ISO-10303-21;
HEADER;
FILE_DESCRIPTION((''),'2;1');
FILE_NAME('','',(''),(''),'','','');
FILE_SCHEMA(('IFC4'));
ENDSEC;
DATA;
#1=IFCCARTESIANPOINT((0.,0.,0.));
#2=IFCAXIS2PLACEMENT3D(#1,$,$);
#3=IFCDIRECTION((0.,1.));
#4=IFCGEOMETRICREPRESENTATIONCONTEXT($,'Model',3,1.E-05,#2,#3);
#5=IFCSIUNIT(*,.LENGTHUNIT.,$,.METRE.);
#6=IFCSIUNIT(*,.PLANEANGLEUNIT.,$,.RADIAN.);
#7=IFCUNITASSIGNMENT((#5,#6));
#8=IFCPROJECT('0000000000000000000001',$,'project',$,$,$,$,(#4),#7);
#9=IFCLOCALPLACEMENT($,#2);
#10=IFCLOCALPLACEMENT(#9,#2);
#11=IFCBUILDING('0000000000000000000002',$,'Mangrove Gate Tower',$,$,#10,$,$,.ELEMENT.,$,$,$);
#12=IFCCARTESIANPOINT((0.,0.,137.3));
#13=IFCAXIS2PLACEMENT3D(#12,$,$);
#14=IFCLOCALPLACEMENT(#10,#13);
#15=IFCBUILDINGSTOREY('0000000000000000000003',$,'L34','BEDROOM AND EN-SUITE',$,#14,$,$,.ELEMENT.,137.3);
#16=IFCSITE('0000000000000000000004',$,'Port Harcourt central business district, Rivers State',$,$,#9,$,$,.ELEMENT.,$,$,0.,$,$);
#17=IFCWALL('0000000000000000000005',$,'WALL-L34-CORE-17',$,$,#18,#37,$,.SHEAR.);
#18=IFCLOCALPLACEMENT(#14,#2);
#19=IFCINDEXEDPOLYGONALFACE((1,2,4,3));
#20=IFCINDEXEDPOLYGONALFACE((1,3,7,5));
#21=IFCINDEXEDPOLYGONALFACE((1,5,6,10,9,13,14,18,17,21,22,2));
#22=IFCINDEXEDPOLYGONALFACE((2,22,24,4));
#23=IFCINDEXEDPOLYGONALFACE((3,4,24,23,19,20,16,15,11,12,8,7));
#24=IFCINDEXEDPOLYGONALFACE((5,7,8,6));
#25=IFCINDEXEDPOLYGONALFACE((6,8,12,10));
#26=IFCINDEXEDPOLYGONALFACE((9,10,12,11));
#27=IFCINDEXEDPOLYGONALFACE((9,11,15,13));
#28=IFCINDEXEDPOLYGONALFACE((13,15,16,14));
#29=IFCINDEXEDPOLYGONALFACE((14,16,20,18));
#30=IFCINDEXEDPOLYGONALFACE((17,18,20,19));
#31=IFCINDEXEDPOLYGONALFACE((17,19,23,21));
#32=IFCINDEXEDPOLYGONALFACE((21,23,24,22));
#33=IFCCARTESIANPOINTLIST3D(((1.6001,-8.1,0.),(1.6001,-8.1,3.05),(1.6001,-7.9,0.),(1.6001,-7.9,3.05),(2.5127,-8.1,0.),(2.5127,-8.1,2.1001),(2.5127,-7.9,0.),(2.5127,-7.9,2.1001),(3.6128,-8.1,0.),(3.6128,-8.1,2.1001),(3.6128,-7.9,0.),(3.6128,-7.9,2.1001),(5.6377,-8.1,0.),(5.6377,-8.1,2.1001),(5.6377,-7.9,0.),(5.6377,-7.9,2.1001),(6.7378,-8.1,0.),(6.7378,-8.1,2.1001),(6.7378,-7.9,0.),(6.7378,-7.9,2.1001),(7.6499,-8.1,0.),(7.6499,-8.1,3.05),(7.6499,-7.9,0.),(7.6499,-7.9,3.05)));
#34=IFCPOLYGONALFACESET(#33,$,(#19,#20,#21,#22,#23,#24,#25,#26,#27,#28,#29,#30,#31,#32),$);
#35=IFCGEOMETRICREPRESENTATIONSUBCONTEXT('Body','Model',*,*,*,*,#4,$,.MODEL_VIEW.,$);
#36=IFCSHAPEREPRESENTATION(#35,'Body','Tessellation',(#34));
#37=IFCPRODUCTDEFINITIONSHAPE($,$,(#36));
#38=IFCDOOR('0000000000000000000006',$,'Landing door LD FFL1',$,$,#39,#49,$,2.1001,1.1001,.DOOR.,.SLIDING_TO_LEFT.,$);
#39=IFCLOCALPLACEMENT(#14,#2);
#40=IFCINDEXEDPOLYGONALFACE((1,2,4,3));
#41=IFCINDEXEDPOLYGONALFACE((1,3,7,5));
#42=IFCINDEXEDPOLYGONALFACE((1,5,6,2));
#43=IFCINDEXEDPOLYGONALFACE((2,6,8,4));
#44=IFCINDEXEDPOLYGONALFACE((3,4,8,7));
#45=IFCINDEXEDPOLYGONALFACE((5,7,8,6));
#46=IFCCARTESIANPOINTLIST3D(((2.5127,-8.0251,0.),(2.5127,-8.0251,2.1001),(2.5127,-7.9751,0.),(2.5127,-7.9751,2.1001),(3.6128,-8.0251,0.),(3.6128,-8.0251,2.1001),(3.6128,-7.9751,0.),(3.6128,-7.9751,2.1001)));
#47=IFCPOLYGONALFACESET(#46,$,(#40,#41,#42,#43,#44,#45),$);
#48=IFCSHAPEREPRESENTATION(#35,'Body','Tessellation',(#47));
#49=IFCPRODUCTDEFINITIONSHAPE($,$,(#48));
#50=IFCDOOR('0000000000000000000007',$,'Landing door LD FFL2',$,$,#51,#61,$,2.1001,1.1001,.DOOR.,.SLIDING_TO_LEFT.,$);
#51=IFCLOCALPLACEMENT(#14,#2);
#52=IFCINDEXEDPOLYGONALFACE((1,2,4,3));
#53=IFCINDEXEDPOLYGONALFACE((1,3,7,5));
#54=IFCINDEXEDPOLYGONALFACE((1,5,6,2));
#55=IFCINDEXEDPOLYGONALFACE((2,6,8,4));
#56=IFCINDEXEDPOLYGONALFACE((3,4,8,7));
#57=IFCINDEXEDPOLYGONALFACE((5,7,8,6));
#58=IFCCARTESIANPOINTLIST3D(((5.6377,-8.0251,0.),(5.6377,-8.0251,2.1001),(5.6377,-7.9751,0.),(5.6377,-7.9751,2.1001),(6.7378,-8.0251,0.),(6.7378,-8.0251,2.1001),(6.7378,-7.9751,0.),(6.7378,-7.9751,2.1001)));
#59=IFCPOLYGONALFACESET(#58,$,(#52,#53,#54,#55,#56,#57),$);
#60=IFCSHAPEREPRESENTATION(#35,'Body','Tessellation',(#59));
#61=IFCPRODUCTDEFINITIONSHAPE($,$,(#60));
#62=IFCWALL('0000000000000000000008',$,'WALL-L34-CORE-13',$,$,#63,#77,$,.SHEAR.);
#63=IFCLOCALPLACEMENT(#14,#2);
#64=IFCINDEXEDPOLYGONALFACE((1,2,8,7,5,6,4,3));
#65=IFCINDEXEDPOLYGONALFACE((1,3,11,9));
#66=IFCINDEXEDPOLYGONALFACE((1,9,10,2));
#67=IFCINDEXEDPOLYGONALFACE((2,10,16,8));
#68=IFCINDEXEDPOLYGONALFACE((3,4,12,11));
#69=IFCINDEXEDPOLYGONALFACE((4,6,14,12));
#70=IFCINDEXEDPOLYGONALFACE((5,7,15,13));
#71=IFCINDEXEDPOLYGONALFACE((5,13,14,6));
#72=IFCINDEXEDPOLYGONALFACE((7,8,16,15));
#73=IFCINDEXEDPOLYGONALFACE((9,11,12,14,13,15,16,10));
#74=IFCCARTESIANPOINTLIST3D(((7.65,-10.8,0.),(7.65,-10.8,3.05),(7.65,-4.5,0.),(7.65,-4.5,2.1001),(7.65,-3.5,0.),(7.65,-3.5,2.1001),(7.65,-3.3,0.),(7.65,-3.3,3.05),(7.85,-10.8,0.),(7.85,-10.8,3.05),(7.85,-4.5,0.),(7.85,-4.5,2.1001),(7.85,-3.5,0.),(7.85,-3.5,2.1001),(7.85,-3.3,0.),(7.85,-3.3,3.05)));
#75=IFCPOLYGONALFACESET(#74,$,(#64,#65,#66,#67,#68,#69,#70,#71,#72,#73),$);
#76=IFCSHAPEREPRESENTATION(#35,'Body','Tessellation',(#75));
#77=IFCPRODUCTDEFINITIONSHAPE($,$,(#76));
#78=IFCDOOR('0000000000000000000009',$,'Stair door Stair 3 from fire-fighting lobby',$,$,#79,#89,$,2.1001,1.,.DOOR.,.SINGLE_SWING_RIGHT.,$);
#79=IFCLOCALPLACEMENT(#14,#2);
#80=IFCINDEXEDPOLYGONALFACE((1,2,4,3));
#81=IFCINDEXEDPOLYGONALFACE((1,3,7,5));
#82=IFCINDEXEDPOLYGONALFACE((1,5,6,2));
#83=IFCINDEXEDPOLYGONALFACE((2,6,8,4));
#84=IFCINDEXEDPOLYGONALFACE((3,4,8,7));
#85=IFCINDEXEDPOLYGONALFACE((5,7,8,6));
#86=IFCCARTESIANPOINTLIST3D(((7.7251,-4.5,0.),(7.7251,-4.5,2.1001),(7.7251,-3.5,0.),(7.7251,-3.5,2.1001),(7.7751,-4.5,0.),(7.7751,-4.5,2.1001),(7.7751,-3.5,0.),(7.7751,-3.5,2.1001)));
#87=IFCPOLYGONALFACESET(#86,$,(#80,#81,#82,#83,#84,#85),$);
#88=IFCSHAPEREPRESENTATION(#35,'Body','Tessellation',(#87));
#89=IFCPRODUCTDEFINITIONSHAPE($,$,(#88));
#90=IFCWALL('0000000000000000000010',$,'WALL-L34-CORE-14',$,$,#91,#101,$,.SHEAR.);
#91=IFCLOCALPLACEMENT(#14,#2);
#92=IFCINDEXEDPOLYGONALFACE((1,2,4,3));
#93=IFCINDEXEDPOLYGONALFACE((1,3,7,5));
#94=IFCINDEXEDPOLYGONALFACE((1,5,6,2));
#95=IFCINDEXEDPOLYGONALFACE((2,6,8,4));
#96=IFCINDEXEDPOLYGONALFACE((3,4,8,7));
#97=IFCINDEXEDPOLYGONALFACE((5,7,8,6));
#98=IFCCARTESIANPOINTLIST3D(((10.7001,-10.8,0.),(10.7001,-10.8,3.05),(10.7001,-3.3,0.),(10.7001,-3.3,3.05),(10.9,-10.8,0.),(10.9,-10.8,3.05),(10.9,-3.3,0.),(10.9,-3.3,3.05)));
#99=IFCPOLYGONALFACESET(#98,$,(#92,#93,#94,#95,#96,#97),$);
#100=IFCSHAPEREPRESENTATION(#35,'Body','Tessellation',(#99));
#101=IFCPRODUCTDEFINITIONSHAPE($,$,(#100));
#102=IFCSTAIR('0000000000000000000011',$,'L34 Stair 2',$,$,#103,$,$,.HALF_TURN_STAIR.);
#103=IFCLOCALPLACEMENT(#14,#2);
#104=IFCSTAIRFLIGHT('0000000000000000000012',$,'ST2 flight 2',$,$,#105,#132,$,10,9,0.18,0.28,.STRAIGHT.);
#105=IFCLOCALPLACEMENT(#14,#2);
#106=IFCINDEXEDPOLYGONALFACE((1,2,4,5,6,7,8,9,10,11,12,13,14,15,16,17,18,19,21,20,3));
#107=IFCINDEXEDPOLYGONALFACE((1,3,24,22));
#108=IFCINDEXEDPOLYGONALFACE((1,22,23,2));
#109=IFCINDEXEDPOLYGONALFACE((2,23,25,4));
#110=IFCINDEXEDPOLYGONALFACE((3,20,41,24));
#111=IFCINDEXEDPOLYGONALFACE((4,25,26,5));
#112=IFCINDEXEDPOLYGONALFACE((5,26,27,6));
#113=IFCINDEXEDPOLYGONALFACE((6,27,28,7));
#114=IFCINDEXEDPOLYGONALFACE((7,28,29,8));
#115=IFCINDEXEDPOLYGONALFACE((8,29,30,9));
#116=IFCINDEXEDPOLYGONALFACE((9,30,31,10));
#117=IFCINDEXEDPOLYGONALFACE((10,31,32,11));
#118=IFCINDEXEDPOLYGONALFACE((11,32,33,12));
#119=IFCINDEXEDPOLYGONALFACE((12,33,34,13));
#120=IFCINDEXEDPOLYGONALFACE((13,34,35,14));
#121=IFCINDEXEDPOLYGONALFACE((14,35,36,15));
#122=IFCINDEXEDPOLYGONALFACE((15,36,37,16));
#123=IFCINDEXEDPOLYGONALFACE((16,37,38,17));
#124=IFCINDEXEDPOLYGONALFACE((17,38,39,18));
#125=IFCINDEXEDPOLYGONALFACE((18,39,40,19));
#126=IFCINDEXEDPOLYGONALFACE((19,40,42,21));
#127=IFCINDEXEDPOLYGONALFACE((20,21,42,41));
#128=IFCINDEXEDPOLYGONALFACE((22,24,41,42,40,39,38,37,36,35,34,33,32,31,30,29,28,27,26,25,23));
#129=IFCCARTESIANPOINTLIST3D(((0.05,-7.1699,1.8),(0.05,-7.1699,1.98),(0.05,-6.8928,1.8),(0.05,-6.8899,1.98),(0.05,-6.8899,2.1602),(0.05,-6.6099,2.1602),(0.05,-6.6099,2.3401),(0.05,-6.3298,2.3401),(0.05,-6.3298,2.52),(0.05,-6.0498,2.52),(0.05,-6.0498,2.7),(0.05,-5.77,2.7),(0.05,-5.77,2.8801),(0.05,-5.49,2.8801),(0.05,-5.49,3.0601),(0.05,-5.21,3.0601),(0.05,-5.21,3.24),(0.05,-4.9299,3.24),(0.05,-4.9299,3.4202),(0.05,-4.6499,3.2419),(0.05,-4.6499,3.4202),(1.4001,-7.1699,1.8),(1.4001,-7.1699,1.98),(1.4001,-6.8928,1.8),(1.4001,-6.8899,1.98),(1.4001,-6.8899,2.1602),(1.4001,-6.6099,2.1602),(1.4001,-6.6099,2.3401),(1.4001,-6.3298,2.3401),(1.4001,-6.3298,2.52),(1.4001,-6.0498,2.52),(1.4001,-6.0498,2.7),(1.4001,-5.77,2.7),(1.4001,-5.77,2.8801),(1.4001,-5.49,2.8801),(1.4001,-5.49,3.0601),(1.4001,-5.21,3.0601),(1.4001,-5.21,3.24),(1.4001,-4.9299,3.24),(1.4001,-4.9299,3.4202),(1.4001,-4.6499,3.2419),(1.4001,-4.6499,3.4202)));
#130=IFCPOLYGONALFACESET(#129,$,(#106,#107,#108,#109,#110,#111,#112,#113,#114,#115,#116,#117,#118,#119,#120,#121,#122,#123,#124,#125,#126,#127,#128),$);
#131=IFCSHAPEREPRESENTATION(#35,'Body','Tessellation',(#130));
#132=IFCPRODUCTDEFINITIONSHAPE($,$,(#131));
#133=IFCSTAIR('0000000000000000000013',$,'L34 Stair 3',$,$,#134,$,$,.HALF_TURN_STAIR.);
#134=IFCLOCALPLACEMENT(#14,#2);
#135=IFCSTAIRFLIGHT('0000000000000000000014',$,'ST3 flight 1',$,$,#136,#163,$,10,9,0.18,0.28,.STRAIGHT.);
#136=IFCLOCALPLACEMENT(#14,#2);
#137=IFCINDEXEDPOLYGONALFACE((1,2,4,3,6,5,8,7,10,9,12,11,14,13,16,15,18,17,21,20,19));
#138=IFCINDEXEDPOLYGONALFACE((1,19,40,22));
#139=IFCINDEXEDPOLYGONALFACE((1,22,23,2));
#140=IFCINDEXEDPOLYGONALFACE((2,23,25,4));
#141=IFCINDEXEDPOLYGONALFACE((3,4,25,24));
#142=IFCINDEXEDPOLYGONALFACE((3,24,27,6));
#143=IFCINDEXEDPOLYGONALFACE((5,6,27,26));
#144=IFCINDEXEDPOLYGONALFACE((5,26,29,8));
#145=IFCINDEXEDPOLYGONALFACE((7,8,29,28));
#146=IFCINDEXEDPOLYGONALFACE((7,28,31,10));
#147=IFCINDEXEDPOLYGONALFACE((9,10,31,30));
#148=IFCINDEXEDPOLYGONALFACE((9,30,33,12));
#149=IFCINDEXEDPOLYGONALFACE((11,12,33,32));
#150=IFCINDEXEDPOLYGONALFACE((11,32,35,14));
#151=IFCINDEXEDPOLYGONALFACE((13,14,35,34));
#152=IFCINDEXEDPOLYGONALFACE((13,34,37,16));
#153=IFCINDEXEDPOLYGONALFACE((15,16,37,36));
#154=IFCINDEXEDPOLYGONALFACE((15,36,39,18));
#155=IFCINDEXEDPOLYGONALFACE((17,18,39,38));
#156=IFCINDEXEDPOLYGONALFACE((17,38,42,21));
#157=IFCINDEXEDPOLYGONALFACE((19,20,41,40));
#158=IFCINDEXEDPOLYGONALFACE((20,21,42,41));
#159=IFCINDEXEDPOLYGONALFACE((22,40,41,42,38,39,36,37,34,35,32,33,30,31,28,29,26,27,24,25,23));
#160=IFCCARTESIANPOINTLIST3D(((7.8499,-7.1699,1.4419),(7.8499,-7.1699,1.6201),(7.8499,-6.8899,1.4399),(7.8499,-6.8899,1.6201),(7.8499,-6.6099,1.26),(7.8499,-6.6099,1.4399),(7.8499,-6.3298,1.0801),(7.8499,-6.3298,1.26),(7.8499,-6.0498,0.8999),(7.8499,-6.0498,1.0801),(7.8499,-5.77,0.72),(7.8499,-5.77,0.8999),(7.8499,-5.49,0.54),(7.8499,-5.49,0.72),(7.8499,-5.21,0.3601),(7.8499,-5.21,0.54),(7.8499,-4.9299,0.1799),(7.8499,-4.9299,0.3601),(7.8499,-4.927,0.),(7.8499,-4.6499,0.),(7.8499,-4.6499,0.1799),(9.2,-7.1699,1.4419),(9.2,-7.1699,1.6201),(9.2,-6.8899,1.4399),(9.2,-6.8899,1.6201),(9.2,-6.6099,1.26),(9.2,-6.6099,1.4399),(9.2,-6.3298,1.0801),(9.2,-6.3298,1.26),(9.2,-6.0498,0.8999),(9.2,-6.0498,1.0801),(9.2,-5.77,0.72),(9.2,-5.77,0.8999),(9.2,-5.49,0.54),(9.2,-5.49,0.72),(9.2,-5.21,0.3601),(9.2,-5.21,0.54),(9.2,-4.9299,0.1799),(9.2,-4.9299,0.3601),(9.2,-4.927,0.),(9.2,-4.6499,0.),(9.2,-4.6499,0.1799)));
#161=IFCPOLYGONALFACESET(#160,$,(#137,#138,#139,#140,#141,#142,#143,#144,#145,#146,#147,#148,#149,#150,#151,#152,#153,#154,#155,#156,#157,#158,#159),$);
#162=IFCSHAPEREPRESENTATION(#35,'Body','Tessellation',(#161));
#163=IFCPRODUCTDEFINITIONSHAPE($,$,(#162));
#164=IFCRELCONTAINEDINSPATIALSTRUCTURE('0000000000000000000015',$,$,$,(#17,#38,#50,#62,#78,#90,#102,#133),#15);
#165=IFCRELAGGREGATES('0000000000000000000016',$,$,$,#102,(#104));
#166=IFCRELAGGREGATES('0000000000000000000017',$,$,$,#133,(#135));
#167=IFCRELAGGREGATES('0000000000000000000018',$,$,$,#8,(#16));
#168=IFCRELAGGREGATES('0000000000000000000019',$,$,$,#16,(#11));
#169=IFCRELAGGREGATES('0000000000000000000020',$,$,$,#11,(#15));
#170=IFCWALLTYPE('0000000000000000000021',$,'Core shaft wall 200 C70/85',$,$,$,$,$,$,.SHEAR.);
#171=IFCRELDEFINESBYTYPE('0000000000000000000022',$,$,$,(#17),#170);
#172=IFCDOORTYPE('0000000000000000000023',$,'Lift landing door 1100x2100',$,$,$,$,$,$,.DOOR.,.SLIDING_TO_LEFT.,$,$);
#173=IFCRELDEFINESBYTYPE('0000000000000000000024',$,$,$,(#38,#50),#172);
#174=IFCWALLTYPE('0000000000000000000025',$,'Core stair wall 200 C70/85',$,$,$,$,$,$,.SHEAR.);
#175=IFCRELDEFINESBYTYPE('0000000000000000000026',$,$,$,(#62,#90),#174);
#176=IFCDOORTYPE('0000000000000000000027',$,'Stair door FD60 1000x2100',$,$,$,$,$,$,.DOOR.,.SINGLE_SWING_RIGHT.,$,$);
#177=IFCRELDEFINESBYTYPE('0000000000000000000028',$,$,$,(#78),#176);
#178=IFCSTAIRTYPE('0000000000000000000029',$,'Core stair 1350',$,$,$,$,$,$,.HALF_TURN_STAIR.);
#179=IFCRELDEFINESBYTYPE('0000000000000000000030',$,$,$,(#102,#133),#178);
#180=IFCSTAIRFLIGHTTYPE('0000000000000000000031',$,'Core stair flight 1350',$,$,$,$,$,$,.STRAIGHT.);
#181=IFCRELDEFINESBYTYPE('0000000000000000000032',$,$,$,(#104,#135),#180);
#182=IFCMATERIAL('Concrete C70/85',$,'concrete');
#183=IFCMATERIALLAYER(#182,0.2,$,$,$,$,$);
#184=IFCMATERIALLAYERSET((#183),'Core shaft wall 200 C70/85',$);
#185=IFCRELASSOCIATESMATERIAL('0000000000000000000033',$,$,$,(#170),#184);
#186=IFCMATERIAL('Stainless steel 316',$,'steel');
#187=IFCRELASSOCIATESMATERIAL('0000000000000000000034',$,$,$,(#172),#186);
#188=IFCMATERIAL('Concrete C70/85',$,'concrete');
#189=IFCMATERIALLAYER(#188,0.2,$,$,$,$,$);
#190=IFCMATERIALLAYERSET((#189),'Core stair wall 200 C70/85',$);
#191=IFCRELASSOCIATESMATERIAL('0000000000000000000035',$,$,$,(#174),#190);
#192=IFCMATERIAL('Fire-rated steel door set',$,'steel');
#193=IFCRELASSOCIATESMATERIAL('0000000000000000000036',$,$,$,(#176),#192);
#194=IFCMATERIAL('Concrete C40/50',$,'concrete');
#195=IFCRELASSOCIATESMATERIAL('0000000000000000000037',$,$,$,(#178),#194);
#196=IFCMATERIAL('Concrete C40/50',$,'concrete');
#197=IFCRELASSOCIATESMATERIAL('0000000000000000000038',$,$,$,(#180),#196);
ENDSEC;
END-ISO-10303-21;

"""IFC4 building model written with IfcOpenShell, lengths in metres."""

from ifc_helpers import new_model, si_unit, direction, frame, frame_2d, origin, place, context, subcontext, project, spatial, polyline, rectangle, outline, extrude, material, layer, layer_set, type_object, element, fill, aggregate, save


model = new_model("IFC4")

# Units and contexts
model_context = context("Model", 3, precision=1e-05, world=origin(), true_north=direction((0.0, 1.0)))
body_context = subcontext(model_context, "Body", "Model", "MODEL_VIEW")
ifc_project = project(units=[si_unit("LENGTHUNIT", "METRE"), si_unit("PLANEANGLEUNIT", "RADIAN")], contexts=[model_context])

# Site, building, storey
site_placement = place(None, origin())
site = spatial("IfcSite", under=ifc_project, at=site_placement, Name="Port Harcourt central business district, Rivers State", CompositionType="ELEMENT", RefElevation=0.0)
building_placement = place(site_placement, origin())
building = spatial("IfcBuilding", under=site, at=building_placement, Name="Mangrove Gate Tower", CompositionType="ELEMENT")
storey_placement = place(building_placement, frame((0.0, 0.0, 137.3)))
storey = spatial("IfcBuildingStorey", under=building, at=storey_placement, Name="L34", Description="BEDROOM AND EN-SUITE", CompositionType="ELEMENT", Elevation=137.3)

# Wall, openings, doors
ifc_material_1 = material(Name="Concrete C70/85", Category="concrete")
ifc_layer_1 = layer(ifc_material_1, 0.2)
ifc_layer_set_1 = layer_set([ifc_layer_1], Name="Core shaft wall 200 C70/85")
wall_type_1 = type_object("IfcWallType", Name="Core shaft wall 200 C70/85", PredefinedType="SHEAR", material=ifc_layer_set_1)
wall_1_placement = place(storey_placement, frame((1.6001, -8.0, 0.0), z_axis=(0.0, 0.0, 1.0), x_axis=(1.0, 0.0, 0.0)))
wall_1 = element("IfcWall", 1, at=wall_1_placement, inside=storey, type_object=wall_type_1, Name="WALL-L34-CORE-17", PredefinedType="SHEAR", context=body_context, shape_type="SweptSolid", body=[
    extrude(rectangle(XDim=6.0498, YDim=0.2, at=frame_2d((3.0249, 0.0))), origin(), (0.0, 0.0, 1.0), 3.05),
])
opening_1_placement = place(wall_1_placement, frame((0.9126, 0.0, 0.0)))
opening_1 = element("IfcOpeningElement", 2, at=opening_1_placement, cuts=wall_1, PredefinedType="OPENING", context=body_context, shape_type="SweptSolid", body=[
    extrude(rectangle(XDim=1.1001, YDim=2.1001, at=frame_2d((0.55, 1.05))), frame((0.0, 0.1099, 0.0), z_axis=(0.0, -1.0, 0.0), x_axis=(1.0, 0.0, 0.0)), (0.0, 0.0, 1.0), 0.22),
])
opening_2_placement = place(wall_1_placement, frame((4.0376, 0.0, 0.0)))
opening_2 = element("IfcOpeningElement", 3, at=opening_2_placement, cuts=wall_1, PredefinedType="OPENING", context=body_context, shape_type="SweptSolid", body=[
    extrude(rectangle(XDim=1.1001, YDim=2.1001, at=frame_2d((0.55, 1.05))), frame((0.0, 0.1099, 0.0), z_axis=(0.0, -1.0, 0.0), x_axis=(1.0, 0.0, 0.0)), (0.0, 0.0, 1.0), 0.22),
])
ifc_material_2 = material(Name="Stainless steel 316", Category="steel")
door_type_1 = type_object("IfcDoorType", Name="Lift landing door 1100x2100", OperationType="SLIDING_TO_LEFT", PredefinedType="DOOR", material=ifc_material_2)
door_1_placement = place(opening_1_placement, origin())
door_1 = element("IfcDoor", 4, at=door_1_placement, inside=storey, type_object=door_type_1, Name="Landing door LD FFL1", OperationType="SLIDING_TO_LEFT", OverallHeight=2.1001, OverallWidth=1.1001, PredefinedType="DOOR", context=body_context, shape_type="SweptSolid", body=[
    extrude(rectangle(XDim=1.1001, YDim=2.1001, at=frame_2d((0.55, 1.05))), frame((0.0, 0.0249, 0.0), z_axis=(0.0, -1.0, 0.0), x_axis=(1.0, 0.0, 0.0)), (0.0, 0.0, 1.0), 0.05),
])
fill(opening_1, door_1)
door_2_placement = place(opening_2_placement, origin())
door_2 = element("IfcDoor", 5, at=door_2_placement, inside=storey, type_object=door_type_1, Name="Landing door LD FFL2", OperationType="SLIDING_TO_LEFT", OverallHeight=2.1001, OverallWidth=1.1001, PredefinedType="DOOR", context=body_context, shape_type="SweptSolid", body=[
    extrude(rectangle(XDim=1.1001, YDim=2.1001, at=frame_2d((0.55, 1.05))), frame((0.0, 0.0249, 0.0), z_axis=(0.0, -1.0, 0.0), x_axis=(1.0, 0.0, 0.0)), (0.0, 0.0, 1.0), 0.05),
])
fill(opening_2, door_2)

# Wall, opening, door
ifc_material_3 = material(Name="Concrete C70/85", Category="concrete")
ifc_layer_2 = layer(ifc_material_3, 0.2)
ifc_layer_set_2 = layer_set([ifc_layer_2], Name="Core stair wall 200 C70/85")
wall_type_2 = type_object("IfcWallType", Name="Core stair wall 200 C70/85", PredefinedType="SHEAR", material=ifc_layer_set_2)
wall_2_placement = place(storey_placement, frame((7.75, -10.8, 0.0), z_axis=(0.0, 0.0, 1.0), x_axis=(0.0, 1.0, 0.0)))
wall_2 = element("IfcWall", 6, at=wall_2_placement, inside=storey, type_object=wall_type_2, Name="WALL-L34-CORE-13", PredefinedType="SHEAR", context=body_context, shape_type="SweptSolid", body=[
    extrude(rectangle(XDim=7.5, YDim=0.2, at=frame_2d((3.75, 0.0))), origin(), (0.0, 0.0, 1.0), 3.05),
])
opening_3_placement = place(wall_2_placement, frame((6.3, 0.0, 0.0)))
opening_3 = element("IfcOpeningElement", 7, at=opening_3_placement, cuts=wall_2, PredefinedType="OPENING", context=body_context, shape_type="SweptSolid", body=[
    extrude(rectangle(XDim=1.0, YDim=2.1001, at=frame_2d((0.5, 1.05))), frame((0.0, 0.1099, 0.0), z_axis=(0.0, -1.0, 0.0), x_axis=(1.0, 0.0, 0.0)), (0.0, 0.0, 1.0), 0.22),
])
ifc_material_4 = material(Name="Fire-rated steel door set", Category="steel")
door_type_2 = type_object("IfcDoorType", Name="Stair door FD60 1000x2100", OperationType="SINGLE_SWING_RIGHT", PredefinedType="DOOR", material=ifc_material_4)
door_3_placement = place(opening_3_placement, origin())
door_3 = element("IfcDoor", 8, at=door_3_placement, inside=storey, type_object=door_type_2, Name="Stair door Stair 3 from fire-fighting lobby", OperationType="SINGLE_SWING_RIGHT", OverallHeight=2.1001, OverallWidth=1.0, PredefinedType="DOOR", context=body_context, shape_type="SweptSolid", body=[
    extrude(rectangle(XDim=1.0, YDim=2.1001, at=frame_2d((0.5, 1.05))), frame((0.0, 0.0249, 0.0), z_axis=(0.0, -1.0, 0.0), x_axis=(1.0, 0.0, 0.0)), (0.0, 0.0, 1.0), 0.05),
])
fill(opening_3, door_3)

# Wall
wall_3_placement = place(storey_placement, frame((10.8, -10.8, 0.0), z_axis=(0.0, 0.0, 1.0), x_axis=(0.0, 1.0, 0.0)))
element("IfcWall", 9, at=wall_3_placement, inside=storey, type_object=wall_type_2, Name="WALL-L34-CORE-14", PredefinedType="SHEAR", context=body_context, shape_type="SweptSolid", body=[
    extrude(rectangle(XDim=7.5, YDim=0.2, at=frame_2d((3.75, 0.0))), origin(), (0.0, 0.0, 1.0), 3.05),
])

# Stair, stair flight
ifc_material_5 = material(Name="Concrete C40/50", Category="concrete")
stair_type = type_object("IfcStairType", Name="Core stair 1350", PredefinedType="HALF_TURN_STAIR", material=ifc_material_5)
stair_1_placement = place(storey_placement, origin())
stair_1 = element("IfcStair", 10, at=stair_1_placement, inside=storey, type_object=stair_type, Name="L34 Stair 2", PredefinedType="HALF_TURN_STAIR")
ifc_material_6 = material(Name="Concrete C40/50", Category="concrete")
stair_flight_type = type_object("IfcStairFlightType", Name="Core stair flight 1350", PredefinedType="STRAIGHT", material=ifc_material_6)
stair_flight_1_placement = place(storey_placement, frame((0.7251, -7.1699, 1.8), z_axis=(0.0, 0.0, 1.0), x_axis=(0.0, 1.0, 0.0)))
stair_flight_1 = element("IfcStairFlight", 11, at=stair_flight_1_placement, type_object=stair_flight_type, Name="ST2 flight 2", NumberOfRisers=10, NumberOfTreads=9, PredefinedType="STRAIGHT", RiserHeight=0.18, TreadLength=0.28, context=body_context, shape_type="SweptSolid", body=[
    extrude(outline(polyline([(0.0, 0.0), (0.0, 0.1799), (0.28, 0.1799), (0.28, 0.3601), (0.5601, 0.3601), (0.5601, 0.54), (0.8401, 0.54), (0.8401, 0.72), (1.1201, 0.72), (1.1201, 0.8999), (1.3999, 0.8999), (1.3999, 1.0801), (1.6799, 1.0801), (1.6799, 1.26), (1.96, 1.26), (1.96, 1.4399), (2.24, 1.4399), (2.24, 1.6201), (2.52, 1.6201), (2.52, 1.8), (2.52, 1.4419), (0.2771, 0.0), (0.0, 0.0)])), frame((0.0, 0.675, 0.0), z_axis=(0.0, -1.0, 0.0), x_axis=(1.0, 0.0, 0.0)), (0.0, 0.0, 1.0), 1.3501),
])
aggregate(stair_1, [stair_flight_1])

# Stair, stair flight
stair_2_placement = place(storey_placement, origin())
stair_2 = element("IfcStair", 12, at=stair_2_placement, inside=storey, type_object=stair_type, Name="L34 Stair 3", PredefinedType="HALF_TURN_STAIR")
stair_flight_2_placement = place(storey_placement, frame((8.5249, -4.6499, 0.0), z_axis=(0.0, 0.0, 1.0), x_axis=(0.0, -1.0, 0.0)))
stair_flight_2 = element("IfcStairFlight", 13, at=stair_flight_2_placement, type_object=stair_flight_type, Name="ST3 flight 1", NumberOfRisers=10, NumberOfTreads=9, PredefinedType="STRAIGHT", RiserHeight=0.18, TreadLength=0.28, context=body_context, shape_type="SweptSolid", body=[
    extrude(outline(polyline([(0.0, 0.0), (0.0, 0.1799), (0.28, 0.1799), (0.28, 0.3601), (0.5601, 0.3601), (0.5601, 0.54), (0.8401, 0.54), (0.8401, 0.72), (1.1201, 0.72), (1.1201, 0.8999), (1.3999, 0.8999), (1.3999, 1.0801), (1.6799, 1.0801), (1.6799, 1.26), (1.96, 1.26), (1.96, 1.4399), (2.24, 1.4399), (2.24, 1.6201), (2.52, 1.6201), (2.52, 1.8), (2.52, 1.4419), (0.2771, 0.0), (0.0, 0.0)])), frame((0.0, 0.675, 0.0), z_axis=(0.0, -1.0, 0.0), x_axis=(1.0, 0.0, 0.0)), (0.0, 0.0, 1.0), 1.3501),
])
aggregate(stair_2, [stair_flight_2])

save(model, "model.ifc")
